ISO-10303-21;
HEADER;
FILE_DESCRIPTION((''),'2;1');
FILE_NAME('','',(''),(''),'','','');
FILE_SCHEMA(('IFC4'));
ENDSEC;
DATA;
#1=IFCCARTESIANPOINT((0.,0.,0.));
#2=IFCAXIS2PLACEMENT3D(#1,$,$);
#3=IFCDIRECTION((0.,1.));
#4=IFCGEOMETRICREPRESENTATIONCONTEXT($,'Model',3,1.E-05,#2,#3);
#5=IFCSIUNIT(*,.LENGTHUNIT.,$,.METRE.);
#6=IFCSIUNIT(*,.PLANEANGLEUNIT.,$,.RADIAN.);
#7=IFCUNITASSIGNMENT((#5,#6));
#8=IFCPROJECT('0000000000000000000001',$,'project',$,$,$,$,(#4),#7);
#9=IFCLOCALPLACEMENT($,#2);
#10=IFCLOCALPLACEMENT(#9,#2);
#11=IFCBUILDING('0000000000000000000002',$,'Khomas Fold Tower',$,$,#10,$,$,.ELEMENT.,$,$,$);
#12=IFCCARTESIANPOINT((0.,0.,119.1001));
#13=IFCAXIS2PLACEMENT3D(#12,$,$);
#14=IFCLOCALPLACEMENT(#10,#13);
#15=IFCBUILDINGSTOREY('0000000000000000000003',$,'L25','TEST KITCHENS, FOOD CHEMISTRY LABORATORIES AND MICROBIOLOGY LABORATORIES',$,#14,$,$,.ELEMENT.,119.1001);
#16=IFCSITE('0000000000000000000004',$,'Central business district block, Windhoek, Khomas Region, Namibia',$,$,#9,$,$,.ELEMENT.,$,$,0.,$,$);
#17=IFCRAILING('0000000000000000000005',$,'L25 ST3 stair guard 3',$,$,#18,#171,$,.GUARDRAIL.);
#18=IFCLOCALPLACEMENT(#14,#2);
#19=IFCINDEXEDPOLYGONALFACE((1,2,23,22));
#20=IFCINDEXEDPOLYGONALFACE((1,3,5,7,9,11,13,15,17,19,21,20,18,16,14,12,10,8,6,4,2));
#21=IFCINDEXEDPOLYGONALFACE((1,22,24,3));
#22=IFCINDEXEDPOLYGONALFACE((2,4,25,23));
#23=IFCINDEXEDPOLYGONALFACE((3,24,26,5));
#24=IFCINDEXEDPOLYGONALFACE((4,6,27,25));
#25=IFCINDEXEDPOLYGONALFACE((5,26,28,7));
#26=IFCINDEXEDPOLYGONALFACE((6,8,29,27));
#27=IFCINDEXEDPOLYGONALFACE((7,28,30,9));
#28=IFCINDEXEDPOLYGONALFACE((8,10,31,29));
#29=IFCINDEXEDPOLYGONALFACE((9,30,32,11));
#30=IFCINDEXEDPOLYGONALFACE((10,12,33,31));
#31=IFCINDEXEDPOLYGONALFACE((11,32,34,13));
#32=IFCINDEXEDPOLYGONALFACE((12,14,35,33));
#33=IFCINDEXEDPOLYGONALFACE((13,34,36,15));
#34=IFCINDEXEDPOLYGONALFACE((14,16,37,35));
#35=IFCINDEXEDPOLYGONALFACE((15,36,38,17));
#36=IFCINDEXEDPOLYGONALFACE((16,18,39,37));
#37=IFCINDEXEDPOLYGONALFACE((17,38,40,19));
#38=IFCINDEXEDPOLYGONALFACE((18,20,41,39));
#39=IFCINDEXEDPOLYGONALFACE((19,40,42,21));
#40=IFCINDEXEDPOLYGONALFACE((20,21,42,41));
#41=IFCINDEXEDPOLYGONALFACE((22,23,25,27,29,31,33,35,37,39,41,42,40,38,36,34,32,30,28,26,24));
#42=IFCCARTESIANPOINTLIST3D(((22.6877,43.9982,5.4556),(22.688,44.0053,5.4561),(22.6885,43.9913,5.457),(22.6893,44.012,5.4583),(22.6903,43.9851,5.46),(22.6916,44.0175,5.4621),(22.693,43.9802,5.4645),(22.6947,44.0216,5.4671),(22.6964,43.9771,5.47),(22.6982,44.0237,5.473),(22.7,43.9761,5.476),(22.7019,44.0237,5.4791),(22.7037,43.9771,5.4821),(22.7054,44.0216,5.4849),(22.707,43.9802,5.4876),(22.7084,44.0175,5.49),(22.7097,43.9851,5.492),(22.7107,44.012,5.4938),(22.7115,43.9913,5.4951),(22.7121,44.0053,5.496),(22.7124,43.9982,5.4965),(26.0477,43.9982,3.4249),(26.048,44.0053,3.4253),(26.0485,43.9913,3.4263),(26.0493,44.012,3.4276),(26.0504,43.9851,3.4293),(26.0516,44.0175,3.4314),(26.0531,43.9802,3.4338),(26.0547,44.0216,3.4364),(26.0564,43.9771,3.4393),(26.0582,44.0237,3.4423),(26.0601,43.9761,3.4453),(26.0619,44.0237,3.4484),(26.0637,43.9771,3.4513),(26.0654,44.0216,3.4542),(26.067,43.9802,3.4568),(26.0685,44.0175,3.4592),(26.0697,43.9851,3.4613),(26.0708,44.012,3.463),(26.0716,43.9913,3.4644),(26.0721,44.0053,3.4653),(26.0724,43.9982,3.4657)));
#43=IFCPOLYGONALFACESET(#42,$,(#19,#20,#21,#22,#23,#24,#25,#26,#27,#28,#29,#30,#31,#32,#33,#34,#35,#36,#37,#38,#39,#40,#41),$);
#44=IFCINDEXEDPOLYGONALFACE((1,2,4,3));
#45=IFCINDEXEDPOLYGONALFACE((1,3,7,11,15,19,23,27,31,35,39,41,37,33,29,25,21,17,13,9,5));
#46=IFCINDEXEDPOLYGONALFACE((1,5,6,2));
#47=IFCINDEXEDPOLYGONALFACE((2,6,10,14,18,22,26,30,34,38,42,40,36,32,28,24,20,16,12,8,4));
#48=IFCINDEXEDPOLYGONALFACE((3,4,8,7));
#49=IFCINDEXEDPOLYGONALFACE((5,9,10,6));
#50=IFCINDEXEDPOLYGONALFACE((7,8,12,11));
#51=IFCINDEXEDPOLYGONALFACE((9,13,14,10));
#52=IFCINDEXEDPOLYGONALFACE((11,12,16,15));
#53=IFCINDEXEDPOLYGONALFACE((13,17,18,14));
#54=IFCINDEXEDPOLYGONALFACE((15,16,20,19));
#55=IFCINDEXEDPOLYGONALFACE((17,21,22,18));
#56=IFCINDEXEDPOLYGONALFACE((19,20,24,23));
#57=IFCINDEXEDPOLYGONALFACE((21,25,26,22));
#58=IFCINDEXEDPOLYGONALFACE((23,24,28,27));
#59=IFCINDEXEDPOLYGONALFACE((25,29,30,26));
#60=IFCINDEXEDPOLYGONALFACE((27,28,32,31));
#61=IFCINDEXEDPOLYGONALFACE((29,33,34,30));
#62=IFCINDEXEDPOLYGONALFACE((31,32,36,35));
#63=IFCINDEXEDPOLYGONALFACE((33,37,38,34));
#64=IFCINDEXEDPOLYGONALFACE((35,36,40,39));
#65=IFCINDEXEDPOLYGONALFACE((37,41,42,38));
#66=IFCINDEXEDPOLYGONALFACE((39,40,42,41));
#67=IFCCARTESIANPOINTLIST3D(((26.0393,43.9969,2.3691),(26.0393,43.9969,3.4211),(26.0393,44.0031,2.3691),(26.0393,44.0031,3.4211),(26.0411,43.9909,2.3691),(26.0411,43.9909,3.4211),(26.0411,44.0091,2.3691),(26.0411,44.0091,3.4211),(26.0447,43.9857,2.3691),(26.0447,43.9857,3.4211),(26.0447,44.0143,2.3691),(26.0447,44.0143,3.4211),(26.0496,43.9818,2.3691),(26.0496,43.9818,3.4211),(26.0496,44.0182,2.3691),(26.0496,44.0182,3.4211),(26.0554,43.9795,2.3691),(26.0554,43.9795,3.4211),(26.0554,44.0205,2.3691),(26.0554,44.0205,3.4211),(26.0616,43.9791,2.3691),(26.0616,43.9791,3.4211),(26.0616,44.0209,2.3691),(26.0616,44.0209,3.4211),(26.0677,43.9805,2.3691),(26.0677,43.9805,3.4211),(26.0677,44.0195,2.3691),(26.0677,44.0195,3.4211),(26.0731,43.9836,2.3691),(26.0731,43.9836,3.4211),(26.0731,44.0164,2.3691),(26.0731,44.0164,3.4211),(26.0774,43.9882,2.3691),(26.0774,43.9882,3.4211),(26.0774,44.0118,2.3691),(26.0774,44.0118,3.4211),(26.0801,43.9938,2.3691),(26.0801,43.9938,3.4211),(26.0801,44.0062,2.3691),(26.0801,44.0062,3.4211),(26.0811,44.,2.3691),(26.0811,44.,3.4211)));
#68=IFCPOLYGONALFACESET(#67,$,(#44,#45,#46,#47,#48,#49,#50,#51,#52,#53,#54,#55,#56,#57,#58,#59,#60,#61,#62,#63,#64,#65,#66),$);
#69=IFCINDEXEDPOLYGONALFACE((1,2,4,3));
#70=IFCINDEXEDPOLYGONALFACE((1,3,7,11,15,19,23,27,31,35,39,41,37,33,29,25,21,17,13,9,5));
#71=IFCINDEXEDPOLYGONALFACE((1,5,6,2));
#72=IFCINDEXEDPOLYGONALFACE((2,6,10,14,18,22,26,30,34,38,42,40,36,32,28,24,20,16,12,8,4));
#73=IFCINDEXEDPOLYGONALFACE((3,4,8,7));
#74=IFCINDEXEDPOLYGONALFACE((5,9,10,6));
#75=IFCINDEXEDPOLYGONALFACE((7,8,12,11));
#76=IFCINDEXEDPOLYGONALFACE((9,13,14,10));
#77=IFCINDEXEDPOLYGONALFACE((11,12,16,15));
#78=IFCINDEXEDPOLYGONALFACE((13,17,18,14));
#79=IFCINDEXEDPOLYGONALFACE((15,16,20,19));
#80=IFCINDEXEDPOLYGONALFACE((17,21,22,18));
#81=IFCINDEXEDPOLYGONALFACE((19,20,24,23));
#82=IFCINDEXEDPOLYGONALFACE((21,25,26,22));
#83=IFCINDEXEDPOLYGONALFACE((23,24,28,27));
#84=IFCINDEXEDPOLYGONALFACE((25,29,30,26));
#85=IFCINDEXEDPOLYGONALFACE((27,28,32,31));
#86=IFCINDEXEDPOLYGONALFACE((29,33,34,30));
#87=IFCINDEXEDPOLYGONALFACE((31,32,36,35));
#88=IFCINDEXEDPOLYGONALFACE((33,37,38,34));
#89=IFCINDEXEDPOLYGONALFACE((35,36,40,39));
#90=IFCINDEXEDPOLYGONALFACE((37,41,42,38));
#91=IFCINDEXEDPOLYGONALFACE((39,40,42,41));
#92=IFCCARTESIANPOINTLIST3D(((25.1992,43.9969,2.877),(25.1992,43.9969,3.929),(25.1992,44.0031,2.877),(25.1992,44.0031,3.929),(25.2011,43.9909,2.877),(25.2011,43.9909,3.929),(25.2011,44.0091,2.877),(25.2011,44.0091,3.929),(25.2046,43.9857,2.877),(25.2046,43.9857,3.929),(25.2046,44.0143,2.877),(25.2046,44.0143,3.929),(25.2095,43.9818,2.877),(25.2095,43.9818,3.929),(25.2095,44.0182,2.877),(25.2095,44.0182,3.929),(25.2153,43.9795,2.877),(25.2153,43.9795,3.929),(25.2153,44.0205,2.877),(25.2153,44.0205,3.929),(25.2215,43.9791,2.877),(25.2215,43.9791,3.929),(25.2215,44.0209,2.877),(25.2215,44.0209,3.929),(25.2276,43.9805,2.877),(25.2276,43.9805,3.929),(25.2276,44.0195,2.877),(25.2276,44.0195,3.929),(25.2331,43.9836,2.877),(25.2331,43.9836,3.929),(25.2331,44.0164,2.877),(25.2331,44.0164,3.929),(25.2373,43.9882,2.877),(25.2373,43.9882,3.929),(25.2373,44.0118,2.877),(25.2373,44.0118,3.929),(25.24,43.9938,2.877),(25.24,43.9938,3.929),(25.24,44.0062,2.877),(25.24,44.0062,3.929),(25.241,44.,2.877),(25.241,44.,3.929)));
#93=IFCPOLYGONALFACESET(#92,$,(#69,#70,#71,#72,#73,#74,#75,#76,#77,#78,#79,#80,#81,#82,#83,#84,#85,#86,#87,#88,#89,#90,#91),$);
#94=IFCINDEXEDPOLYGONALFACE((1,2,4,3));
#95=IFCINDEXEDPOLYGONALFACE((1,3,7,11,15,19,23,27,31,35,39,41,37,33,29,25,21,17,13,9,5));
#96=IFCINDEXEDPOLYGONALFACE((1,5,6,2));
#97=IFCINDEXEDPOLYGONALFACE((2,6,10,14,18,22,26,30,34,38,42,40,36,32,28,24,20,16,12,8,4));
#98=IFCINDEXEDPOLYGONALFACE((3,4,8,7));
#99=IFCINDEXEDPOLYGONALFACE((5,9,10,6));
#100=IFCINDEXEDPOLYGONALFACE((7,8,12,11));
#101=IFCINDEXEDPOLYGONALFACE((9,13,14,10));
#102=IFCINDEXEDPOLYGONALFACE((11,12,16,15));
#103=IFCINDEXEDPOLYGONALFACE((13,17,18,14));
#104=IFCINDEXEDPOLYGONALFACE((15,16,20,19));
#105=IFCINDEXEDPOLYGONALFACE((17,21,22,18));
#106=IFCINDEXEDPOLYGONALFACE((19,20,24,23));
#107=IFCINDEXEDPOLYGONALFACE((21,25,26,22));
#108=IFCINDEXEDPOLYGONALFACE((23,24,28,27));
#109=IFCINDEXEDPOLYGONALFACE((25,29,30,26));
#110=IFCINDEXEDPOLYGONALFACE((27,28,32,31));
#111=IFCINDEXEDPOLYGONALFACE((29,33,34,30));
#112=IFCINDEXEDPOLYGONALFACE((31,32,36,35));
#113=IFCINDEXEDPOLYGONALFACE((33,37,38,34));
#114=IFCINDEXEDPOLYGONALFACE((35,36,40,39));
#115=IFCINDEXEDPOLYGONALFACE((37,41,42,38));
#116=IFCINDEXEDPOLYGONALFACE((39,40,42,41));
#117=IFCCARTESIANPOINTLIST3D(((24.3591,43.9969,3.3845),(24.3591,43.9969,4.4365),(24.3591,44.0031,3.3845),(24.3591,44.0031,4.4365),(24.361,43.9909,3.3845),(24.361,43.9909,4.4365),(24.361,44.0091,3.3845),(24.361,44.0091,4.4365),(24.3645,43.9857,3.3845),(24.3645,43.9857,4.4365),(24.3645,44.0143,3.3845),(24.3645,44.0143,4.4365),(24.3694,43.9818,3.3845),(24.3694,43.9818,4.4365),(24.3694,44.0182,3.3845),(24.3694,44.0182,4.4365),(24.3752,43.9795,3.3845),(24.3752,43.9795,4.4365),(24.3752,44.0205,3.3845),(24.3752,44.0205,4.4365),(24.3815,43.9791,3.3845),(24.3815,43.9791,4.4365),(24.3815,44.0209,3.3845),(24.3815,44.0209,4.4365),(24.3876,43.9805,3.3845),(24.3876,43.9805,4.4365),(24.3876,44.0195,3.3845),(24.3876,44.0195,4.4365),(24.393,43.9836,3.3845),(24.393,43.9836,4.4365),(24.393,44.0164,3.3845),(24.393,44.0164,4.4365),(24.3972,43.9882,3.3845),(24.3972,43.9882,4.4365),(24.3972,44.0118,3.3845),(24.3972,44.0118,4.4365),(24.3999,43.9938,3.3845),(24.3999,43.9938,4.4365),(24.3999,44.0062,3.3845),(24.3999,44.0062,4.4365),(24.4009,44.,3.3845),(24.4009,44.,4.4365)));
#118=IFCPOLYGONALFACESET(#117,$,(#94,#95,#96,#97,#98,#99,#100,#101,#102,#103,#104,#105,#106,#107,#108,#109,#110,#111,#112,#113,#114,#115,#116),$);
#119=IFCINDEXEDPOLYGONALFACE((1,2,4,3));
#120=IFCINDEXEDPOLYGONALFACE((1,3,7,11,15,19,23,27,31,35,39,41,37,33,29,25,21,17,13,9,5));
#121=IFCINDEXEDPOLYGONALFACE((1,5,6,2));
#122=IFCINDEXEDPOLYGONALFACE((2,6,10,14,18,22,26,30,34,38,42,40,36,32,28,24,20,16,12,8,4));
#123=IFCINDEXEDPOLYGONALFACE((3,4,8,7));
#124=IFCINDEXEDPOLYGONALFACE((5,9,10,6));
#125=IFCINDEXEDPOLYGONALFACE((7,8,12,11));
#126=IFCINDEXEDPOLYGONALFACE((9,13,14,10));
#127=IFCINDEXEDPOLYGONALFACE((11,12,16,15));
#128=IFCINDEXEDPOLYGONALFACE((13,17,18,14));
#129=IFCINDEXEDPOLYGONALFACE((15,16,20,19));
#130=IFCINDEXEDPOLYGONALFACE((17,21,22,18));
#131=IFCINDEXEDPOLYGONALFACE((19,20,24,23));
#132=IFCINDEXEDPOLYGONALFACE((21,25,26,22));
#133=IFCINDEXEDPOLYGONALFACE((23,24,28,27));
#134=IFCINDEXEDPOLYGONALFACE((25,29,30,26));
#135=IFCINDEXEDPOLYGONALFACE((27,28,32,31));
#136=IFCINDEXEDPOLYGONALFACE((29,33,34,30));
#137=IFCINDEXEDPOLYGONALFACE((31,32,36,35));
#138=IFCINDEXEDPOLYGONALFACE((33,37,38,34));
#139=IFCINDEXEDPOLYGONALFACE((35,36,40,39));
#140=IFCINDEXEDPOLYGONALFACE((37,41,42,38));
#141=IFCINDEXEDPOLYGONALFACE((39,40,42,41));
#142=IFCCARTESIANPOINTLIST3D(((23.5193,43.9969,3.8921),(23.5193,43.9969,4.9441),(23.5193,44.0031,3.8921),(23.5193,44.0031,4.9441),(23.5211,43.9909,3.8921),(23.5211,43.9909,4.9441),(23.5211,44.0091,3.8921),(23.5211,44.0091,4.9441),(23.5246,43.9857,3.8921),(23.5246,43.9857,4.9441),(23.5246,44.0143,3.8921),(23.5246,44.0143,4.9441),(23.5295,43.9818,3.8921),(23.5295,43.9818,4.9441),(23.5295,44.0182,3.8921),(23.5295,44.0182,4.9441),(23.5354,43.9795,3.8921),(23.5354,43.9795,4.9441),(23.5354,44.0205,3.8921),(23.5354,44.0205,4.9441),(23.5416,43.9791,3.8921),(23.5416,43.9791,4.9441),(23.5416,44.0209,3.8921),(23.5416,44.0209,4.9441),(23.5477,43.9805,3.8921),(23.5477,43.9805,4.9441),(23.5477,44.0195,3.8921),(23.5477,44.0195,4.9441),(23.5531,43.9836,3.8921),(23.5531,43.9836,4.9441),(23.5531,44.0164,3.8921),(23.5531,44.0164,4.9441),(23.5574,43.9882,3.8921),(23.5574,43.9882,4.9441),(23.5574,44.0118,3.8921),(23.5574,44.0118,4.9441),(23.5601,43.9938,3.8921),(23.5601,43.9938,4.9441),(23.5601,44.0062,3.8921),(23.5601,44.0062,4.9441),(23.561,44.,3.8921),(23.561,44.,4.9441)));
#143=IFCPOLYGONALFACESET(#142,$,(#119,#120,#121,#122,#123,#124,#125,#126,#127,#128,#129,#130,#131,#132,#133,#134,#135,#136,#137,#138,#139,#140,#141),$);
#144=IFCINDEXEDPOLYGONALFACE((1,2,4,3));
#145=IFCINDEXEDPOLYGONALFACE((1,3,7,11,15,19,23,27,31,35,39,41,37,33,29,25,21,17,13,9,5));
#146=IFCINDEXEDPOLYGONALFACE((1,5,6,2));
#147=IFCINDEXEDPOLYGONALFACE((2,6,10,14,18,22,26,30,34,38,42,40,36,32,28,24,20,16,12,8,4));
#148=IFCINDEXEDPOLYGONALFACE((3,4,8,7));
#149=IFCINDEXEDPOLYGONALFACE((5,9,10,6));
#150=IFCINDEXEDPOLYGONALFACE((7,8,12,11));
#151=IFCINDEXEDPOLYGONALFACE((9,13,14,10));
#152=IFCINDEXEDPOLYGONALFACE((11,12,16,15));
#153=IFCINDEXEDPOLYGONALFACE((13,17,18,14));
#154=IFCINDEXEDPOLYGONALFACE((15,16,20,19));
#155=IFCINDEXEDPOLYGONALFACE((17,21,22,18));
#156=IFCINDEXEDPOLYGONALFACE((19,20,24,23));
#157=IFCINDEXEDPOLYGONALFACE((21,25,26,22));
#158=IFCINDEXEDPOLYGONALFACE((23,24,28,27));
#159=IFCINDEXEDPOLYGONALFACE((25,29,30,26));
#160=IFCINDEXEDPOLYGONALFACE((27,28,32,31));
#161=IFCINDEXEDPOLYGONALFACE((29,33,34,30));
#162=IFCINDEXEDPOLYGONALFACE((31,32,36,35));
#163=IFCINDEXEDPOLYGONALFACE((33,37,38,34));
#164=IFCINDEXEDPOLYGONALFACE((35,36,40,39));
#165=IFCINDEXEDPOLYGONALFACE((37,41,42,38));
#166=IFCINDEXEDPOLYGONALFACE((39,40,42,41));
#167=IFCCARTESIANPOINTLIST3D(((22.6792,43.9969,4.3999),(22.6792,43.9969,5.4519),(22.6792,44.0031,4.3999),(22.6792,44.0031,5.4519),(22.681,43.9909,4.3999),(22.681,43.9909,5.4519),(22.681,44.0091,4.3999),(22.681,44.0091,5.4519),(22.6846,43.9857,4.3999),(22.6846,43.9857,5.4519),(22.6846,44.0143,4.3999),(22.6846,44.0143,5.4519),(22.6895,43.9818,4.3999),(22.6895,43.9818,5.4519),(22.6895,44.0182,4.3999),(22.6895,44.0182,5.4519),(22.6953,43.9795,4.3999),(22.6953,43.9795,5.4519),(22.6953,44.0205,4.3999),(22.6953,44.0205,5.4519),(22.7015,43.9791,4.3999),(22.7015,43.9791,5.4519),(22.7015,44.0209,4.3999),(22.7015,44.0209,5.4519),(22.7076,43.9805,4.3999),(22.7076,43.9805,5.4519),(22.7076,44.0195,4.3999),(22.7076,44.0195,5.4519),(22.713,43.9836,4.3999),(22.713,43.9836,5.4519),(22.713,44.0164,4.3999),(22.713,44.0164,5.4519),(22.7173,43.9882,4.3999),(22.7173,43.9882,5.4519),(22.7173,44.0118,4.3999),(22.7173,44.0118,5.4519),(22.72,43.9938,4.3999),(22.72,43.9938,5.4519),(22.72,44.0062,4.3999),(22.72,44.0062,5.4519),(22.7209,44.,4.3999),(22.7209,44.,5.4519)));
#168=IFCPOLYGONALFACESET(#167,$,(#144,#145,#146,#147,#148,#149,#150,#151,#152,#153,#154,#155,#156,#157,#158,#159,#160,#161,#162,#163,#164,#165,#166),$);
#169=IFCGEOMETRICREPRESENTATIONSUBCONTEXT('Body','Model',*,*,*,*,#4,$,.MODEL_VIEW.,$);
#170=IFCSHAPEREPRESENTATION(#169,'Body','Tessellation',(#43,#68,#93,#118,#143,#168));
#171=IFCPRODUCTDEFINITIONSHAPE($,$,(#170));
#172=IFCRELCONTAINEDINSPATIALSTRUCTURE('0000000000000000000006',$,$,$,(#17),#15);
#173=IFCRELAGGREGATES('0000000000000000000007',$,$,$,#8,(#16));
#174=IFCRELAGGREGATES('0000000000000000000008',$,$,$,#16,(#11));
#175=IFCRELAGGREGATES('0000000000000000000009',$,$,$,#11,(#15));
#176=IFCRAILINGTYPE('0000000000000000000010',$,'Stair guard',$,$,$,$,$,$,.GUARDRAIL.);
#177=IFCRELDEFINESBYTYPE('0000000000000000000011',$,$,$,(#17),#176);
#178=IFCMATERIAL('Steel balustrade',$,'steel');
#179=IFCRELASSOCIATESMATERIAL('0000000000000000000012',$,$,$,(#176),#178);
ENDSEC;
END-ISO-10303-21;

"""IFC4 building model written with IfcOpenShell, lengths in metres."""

from ifc_helpers import new_model, si_unit, direction, frame, origin, origin_2d, place, context, subcontext, project, spatial, circle, extrude, source, transform, mapped, material, type_object, element, save


model = new_model("IFC4")

# Units and contexts
model_context = context("Model", 3, precision=1e-05, world=origin(), true_north=direction((0.0, 1.0)))
body_context = subcontext(model_context, "Body", "Model", "MODEL_VIEW")
ifc_project = project(units=[si_unit("LENGTHUNIT", "METRE"), si_unit("PLANEANGLEUNIT", "RADIAN")], contexts=[model_context])

# Site, building, storey
site_placement = place(None, origin())
site = spatial("IfcSite", under=ifc_project, at=site_placement, Name="Central business district block, Windhoek, Khomas Region, Namibia", CompositionType="ELEMENT", RefElevation=0.0)
building_placement = place(site_placement, origin())
building = spatial("IfcBuilding", under=site, at=building_placement, Name="Khomas Fold Tower", CompositionType="ELEMENT")
storey_placement = place(building_placement, frame((0.0, 0.0, 119.1001)))
storey = spatial("IfcBuildingStorey", under=building, at=storey_placement, Name="L25", Description="TEST KITCHENS, FOOD CHEMISTRY LABORATORIES AND MICROBIOLOGY LABORATORIES", CompositionType="ELEMENT", Elevation=119.1001)

# Railing
ifc_material_1 = material(Name="Steel balustrade", Category="steel")
railing_type_1 = type_object("IfcRailingType", Name="Stair guard", PredefinedType="GUARDRAIL", material=ifc_material_1)
shared_shape_1 = source(origin(), body_context, "Body", "SweptSolid", [
    extrude(circle(Radius=0.0239, at=origin_2d()), frame((0.0, 0.0, 1.0762), z_axis=(-0.855837, 0.0, 0.517246), x_axis=(0.0, -1.0, 0.0)), (0.0, 0.0, 1.0), 3.926),
    extrude(circle(Radius=0.021, at=origin_2d()), origin(), (0.0, 0.0, 1.0), 1.052),
    extrude(circle(Radius=0.021, at=origin_2d()), frame((-0.8401, 0.0, 0.5078)), (0.0, 0.0, 1.0), 1.052),
    extrude(circle(Radius=0.021, at=origin_2d()), frame((-1.6802, 0.0, 1.0154)), (0.0, 0.0, 1.0), 1.052),
    extrude(circle(Radius=0.021, at=origin_2d()), frame((-2.52, 0.0, 1.5229)), (0.0, 0.0, 1.0), 1.052),
    extrude(circle(Radius=0.021, at=origin_2d()), frame((-3.3601, 0.0, 2.0308)), (0.0, 0.0, 1.0), 1.052),
])
railing_1_placement = place(storey_placement, frame((26.0601, 44.0, 2.3691)))
element("IfcRailing", 1, at=railing_1_placement, inside=storey, type_object=railing_type_1, Name="L25 ST3 stair guard 3", PredefinedType="GUARDRAIL", context=body_context, shape_type="MappedRepresentation", body=[
    mapped(shared_shape_1, transform((0.0, 0.0, 0.0))),
])

save(model, "model.ifc")
